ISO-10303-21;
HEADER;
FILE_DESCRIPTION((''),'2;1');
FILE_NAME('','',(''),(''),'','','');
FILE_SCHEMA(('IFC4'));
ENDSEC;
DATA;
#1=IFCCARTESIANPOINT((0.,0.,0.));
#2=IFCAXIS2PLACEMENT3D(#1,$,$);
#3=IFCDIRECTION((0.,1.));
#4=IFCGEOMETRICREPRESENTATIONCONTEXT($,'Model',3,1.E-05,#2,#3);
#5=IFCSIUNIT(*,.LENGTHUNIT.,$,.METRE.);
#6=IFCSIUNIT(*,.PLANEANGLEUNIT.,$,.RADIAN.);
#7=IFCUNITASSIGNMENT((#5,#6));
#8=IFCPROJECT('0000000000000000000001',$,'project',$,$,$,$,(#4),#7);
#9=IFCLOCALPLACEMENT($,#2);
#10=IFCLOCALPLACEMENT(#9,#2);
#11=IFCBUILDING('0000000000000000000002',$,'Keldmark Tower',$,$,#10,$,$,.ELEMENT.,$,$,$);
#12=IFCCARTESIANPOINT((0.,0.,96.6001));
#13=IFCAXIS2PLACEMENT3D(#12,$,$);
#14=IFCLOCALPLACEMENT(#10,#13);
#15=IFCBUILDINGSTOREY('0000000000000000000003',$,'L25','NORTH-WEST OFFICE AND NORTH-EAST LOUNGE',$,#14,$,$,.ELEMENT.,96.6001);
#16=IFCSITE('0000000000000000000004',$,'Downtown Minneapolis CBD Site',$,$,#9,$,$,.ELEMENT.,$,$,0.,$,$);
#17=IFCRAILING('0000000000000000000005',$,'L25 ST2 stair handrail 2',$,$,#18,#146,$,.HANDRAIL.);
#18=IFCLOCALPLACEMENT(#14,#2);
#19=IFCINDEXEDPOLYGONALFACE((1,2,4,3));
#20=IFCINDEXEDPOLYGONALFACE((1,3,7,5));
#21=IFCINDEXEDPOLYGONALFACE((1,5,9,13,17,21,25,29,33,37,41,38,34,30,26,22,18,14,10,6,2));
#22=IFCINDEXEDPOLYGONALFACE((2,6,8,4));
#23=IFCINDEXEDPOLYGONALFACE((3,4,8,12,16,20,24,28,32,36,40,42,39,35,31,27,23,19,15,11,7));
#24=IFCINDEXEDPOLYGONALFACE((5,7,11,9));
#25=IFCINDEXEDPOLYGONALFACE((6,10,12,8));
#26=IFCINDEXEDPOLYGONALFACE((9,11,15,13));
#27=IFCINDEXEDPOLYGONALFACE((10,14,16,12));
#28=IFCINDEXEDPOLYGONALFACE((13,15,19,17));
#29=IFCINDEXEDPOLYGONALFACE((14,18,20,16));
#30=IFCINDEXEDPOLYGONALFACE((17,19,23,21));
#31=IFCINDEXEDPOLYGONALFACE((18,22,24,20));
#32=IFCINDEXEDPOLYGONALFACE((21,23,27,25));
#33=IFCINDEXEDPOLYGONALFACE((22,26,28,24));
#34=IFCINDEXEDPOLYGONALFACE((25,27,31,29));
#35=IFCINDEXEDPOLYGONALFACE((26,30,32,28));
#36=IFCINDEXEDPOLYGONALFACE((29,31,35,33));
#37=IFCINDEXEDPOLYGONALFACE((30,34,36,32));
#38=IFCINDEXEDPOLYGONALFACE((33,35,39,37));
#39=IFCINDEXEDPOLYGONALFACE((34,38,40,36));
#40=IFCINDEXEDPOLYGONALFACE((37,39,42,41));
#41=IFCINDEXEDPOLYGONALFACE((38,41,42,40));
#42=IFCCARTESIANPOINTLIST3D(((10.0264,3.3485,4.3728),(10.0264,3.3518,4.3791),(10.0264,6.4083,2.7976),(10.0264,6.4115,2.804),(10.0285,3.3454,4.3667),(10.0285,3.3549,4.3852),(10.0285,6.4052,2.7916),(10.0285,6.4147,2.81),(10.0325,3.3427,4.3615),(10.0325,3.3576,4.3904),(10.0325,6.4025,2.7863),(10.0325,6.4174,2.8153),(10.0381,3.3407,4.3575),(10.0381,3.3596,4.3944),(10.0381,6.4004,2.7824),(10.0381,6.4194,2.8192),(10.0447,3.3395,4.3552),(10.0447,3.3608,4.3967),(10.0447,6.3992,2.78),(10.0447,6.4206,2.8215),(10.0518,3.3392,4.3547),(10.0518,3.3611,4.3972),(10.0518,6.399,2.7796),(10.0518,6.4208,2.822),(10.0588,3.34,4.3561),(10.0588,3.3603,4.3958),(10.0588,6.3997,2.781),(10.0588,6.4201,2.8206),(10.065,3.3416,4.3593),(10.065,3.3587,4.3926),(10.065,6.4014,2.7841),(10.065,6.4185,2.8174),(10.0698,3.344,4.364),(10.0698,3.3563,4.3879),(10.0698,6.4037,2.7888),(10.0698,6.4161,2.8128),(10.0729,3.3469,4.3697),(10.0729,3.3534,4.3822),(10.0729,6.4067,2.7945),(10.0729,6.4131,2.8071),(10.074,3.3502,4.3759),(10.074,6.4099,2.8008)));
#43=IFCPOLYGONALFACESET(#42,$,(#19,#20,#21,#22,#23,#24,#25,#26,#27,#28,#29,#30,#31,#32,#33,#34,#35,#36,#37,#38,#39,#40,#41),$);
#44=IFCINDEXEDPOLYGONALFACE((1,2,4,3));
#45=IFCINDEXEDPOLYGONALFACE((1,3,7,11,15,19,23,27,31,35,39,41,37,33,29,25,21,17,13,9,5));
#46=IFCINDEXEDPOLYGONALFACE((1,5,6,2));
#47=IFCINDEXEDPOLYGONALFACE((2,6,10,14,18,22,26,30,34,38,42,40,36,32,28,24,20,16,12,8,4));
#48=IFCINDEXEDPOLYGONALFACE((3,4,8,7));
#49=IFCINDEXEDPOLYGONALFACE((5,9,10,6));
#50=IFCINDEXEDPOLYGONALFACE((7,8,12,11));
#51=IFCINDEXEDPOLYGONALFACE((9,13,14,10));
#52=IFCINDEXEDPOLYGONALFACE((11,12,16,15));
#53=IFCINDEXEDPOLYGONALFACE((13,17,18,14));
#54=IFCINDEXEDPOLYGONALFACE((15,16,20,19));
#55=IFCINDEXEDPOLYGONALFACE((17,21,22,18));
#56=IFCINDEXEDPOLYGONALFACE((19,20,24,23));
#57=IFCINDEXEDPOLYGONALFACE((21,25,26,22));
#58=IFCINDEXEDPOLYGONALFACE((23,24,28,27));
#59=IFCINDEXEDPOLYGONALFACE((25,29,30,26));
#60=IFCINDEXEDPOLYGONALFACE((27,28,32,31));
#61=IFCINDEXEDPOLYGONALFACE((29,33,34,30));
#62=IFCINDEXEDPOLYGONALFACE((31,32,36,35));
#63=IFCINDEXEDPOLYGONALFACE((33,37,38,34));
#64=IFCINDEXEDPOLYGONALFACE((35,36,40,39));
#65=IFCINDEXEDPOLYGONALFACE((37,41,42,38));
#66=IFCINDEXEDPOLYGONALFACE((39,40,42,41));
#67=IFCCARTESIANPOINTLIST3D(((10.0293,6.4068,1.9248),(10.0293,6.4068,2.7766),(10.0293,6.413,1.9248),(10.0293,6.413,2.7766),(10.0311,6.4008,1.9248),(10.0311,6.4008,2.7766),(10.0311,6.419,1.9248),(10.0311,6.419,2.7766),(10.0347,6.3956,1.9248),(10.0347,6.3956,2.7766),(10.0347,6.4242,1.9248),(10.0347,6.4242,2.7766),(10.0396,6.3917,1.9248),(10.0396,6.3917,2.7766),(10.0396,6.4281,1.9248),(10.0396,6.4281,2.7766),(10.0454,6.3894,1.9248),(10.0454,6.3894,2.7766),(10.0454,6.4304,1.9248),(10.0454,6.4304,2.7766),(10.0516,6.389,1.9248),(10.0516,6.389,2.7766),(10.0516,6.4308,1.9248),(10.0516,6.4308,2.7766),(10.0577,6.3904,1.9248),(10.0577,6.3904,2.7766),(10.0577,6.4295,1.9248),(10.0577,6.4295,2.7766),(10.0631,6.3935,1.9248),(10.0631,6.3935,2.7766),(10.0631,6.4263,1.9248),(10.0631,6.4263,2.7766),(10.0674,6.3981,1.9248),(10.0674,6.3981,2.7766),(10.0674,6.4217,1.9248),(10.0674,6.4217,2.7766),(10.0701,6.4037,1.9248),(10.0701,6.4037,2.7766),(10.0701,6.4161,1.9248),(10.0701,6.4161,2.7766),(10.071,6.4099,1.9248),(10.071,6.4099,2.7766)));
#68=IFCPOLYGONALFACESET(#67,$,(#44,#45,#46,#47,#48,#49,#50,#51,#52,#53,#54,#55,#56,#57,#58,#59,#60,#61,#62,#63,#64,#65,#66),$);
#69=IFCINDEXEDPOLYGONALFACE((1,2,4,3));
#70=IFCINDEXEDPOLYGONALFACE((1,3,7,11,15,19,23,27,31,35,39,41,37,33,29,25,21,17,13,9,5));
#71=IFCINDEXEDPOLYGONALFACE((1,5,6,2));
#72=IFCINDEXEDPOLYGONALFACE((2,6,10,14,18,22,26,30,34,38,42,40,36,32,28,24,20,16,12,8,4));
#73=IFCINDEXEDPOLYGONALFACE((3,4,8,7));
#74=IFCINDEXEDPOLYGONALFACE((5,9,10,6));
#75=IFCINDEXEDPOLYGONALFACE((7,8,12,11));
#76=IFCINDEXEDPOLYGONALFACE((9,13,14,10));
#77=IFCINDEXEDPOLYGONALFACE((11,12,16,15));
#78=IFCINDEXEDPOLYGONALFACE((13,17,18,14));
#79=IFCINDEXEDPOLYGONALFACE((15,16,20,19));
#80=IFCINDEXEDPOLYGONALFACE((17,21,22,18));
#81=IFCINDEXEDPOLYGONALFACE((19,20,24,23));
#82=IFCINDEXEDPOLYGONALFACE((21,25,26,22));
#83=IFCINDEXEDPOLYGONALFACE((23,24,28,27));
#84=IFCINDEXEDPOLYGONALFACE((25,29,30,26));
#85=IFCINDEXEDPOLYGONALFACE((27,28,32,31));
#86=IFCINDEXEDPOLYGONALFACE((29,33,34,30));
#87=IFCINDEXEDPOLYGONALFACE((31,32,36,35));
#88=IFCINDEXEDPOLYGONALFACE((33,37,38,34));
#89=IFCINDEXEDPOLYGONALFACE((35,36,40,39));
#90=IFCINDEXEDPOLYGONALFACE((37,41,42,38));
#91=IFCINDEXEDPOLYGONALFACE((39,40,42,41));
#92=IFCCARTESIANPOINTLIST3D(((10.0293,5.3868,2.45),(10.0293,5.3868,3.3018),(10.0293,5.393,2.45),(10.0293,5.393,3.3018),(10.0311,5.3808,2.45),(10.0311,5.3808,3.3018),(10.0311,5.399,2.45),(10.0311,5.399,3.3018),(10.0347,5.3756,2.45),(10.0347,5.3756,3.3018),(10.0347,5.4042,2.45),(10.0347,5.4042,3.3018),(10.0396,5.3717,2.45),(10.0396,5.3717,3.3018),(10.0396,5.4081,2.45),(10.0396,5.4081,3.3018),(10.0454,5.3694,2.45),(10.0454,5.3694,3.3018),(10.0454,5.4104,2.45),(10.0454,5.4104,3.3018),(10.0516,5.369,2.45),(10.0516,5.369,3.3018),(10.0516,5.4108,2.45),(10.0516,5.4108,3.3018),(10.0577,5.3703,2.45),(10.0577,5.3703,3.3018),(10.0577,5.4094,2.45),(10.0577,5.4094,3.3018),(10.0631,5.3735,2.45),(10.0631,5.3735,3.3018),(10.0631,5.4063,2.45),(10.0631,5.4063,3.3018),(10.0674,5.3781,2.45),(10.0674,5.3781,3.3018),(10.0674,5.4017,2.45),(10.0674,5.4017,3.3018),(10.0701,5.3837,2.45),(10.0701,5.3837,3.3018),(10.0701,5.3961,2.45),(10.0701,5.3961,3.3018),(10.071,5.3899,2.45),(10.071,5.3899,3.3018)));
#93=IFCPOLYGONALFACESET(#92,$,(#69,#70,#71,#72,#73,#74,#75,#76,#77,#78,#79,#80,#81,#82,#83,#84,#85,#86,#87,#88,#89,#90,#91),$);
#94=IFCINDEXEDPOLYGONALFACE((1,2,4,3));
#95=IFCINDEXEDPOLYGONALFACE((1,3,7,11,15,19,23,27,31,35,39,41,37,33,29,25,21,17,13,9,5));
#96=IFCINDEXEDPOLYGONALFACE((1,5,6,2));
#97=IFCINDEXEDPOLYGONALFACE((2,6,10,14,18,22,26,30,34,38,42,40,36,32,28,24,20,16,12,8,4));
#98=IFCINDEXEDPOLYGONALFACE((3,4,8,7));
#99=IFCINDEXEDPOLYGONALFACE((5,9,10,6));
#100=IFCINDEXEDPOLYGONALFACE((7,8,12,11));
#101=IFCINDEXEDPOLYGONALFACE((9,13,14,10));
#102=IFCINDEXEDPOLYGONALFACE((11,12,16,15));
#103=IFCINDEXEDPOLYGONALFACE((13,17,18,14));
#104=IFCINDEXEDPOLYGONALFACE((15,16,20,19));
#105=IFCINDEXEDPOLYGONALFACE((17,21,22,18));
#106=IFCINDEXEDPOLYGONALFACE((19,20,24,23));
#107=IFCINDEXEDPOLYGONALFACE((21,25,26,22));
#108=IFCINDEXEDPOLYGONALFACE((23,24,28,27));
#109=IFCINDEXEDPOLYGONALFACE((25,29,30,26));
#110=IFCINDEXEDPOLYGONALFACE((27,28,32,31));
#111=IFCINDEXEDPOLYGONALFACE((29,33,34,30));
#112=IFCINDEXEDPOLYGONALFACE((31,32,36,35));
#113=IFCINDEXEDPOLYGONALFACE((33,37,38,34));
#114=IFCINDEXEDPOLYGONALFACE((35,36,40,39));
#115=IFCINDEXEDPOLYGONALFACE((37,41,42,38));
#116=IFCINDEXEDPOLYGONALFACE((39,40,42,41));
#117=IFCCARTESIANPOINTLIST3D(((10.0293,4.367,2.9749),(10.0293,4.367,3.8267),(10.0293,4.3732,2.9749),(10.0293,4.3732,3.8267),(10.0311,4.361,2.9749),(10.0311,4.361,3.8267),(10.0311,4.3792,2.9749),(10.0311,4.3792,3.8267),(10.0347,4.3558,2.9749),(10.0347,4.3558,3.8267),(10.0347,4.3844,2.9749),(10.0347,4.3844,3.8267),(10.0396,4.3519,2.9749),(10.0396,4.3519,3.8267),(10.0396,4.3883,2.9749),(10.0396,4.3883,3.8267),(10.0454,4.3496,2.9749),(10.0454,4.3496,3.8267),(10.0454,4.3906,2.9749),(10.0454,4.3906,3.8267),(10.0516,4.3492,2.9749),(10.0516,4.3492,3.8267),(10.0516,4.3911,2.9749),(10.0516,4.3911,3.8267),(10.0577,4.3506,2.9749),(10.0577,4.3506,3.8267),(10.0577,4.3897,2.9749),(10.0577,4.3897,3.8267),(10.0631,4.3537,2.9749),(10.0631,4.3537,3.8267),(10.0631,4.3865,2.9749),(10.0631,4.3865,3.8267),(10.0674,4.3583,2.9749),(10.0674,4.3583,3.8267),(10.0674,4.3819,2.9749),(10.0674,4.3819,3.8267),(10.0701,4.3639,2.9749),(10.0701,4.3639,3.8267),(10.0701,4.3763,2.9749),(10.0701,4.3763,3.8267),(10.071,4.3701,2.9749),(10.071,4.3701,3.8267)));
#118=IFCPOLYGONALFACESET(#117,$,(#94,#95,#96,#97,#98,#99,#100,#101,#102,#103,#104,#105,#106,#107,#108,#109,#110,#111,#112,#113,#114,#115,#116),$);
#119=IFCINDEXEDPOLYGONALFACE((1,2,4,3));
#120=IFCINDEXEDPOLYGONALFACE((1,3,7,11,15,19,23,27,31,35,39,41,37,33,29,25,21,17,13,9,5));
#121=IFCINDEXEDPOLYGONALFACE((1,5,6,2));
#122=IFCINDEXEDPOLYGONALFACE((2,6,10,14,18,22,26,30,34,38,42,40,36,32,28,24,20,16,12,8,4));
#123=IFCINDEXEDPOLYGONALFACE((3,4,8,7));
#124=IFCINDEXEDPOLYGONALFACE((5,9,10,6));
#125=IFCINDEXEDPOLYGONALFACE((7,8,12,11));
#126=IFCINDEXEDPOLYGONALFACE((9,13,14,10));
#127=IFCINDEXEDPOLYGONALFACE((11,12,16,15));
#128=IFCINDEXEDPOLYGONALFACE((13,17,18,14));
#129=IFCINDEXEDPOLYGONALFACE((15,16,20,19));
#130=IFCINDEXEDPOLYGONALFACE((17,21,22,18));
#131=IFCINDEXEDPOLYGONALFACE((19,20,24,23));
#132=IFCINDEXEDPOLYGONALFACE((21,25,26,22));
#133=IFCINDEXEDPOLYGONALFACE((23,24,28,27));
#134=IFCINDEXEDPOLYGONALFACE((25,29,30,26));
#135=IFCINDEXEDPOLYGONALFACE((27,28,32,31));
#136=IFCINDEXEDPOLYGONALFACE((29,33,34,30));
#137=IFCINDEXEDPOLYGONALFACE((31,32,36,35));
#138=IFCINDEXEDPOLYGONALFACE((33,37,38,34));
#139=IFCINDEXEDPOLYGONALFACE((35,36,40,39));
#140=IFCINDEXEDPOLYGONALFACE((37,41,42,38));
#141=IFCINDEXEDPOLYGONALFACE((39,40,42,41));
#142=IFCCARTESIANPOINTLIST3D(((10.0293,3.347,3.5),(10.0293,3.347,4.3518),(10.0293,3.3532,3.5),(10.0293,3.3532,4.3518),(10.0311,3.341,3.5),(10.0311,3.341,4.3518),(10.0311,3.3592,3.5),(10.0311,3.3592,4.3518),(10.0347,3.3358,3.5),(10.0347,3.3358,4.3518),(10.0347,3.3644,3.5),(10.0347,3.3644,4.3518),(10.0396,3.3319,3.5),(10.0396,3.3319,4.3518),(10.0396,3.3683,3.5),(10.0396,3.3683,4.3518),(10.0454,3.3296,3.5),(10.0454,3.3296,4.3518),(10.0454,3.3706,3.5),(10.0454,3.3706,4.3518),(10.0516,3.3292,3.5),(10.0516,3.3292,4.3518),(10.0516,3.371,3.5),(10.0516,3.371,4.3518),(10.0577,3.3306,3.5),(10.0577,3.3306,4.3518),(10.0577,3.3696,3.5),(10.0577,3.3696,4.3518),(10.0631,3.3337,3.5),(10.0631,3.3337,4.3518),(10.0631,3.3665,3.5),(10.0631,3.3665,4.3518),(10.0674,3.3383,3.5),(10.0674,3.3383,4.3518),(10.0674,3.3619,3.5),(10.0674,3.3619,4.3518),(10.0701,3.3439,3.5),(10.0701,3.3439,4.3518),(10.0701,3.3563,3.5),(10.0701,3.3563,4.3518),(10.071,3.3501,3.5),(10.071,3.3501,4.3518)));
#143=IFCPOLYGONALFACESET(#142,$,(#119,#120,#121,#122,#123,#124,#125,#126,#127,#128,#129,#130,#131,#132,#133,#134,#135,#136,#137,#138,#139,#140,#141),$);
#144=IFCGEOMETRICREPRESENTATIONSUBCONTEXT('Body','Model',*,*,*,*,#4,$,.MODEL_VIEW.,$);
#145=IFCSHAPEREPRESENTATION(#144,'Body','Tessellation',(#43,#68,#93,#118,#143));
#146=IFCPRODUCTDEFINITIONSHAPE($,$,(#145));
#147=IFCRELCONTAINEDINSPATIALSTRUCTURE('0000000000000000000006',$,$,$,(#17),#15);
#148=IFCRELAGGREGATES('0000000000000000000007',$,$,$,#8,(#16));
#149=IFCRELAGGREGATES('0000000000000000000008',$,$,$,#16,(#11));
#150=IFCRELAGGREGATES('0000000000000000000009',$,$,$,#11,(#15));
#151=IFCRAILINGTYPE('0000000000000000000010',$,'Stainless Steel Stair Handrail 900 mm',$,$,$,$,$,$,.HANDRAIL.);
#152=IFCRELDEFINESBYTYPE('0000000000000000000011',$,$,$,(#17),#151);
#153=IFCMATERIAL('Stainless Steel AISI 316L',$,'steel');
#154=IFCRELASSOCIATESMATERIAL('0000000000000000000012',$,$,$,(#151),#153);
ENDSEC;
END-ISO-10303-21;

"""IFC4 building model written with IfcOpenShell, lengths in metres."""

from ifc_helpers import new_model, si_unit, direction, frame, origin, origin_2d, place, context, subcontext, project, spatial, circle, extrude, material, type_object, element, save


model = new_model("IFC4")

# Units and contexts
model_context = context("Model", 3, precision=1e-05, world=origin(), true_north=direction((0.0, 1.0)))
body_context = subcontext(model_context, "Body", "Model", "MODEL_VIEW")
ifc_project = project(units=[si_unit("LENGTHUNIT", "METRE"), si_unit("PLANEANGLEUNIT", "RADIAN")], contexts=[model_context])

# Site, building, storey
site_placement = place(None, origin())
site = spatial("IfcSite", under=ifc_project, at=site_placement, Name="Downtown Minneapolis CBD Site", CompositionType="ELEMENT", RefElevation=0.0)
building_placement = place(site_placement, origin())
building = spatial("IfcBuilding", under=site, at=building_placement, Name="Keldmark Tower", CompositionType="ELEMENT")
storey_placement = place(building_placement, frame((0.0, 0.0, 96.6001)))
storey = spatial("IfcBuildingStorey", under=building, at=storey_placement, Name="L25", Description="NORTH-WEST OFFICE AND NORTH-EAST LOUNGE", CompositionType="ELEMENT", Elevation=96.6001)

# Railing
ifc_material_1 = material(Name="Stainless Steel AISI 316L", Category="steel")
railing_type_1 = type_object("IfcRailingType", Name="Stainless Steel Stair Handrail 900 mm", PredefinedType="HANDRAIL", material=ifc_material_1)
railing_1_placement = place(storey_placement, frame((10.05, 6.4099, 1.9248)))
element("IfcRailing", 1, at=railing_1_placement, inside=storey, type_object=railing_type_1, Name="L25 ST2 stair handrail 2", PredefinedType="HANDRAIL", context=body_context, shape_type="SweptSolid", body=[
    extrude(circle(Radius=0.0239, at=origin_2d()), frame((0.0, 0.0, 0.876), z_axis=(0.0, -0.889101, 0.45771), x_axis=(1.0, 0.0, 0.0)), (0.0, 0.0, 1.0), 3.4414),
    extrude(circle(Radius=0.021, at=origin_2d()), origin(), (0.0, 0.0, 1.0), 0.8518),
    extrude(circle(Radius=0.021, at=origin_2d()), frame((0.0, -1.02, 0.5251)), (0.0, 0.0, 1.0), 0.8518),
    extrude(circle(Radius=0.021, at=origin_2d()), frame((0.0, -2.0398, 1.05)), (0.0, 0.0, 1.0), 0.8518),
    extrude(circle(Radius=0.021, at=origin_2d()), frame((0.0, -3.0598, 1.5752)), (0.0, 0.0, 1.0), 0.8518),
])

save(model, "model.ifc")
